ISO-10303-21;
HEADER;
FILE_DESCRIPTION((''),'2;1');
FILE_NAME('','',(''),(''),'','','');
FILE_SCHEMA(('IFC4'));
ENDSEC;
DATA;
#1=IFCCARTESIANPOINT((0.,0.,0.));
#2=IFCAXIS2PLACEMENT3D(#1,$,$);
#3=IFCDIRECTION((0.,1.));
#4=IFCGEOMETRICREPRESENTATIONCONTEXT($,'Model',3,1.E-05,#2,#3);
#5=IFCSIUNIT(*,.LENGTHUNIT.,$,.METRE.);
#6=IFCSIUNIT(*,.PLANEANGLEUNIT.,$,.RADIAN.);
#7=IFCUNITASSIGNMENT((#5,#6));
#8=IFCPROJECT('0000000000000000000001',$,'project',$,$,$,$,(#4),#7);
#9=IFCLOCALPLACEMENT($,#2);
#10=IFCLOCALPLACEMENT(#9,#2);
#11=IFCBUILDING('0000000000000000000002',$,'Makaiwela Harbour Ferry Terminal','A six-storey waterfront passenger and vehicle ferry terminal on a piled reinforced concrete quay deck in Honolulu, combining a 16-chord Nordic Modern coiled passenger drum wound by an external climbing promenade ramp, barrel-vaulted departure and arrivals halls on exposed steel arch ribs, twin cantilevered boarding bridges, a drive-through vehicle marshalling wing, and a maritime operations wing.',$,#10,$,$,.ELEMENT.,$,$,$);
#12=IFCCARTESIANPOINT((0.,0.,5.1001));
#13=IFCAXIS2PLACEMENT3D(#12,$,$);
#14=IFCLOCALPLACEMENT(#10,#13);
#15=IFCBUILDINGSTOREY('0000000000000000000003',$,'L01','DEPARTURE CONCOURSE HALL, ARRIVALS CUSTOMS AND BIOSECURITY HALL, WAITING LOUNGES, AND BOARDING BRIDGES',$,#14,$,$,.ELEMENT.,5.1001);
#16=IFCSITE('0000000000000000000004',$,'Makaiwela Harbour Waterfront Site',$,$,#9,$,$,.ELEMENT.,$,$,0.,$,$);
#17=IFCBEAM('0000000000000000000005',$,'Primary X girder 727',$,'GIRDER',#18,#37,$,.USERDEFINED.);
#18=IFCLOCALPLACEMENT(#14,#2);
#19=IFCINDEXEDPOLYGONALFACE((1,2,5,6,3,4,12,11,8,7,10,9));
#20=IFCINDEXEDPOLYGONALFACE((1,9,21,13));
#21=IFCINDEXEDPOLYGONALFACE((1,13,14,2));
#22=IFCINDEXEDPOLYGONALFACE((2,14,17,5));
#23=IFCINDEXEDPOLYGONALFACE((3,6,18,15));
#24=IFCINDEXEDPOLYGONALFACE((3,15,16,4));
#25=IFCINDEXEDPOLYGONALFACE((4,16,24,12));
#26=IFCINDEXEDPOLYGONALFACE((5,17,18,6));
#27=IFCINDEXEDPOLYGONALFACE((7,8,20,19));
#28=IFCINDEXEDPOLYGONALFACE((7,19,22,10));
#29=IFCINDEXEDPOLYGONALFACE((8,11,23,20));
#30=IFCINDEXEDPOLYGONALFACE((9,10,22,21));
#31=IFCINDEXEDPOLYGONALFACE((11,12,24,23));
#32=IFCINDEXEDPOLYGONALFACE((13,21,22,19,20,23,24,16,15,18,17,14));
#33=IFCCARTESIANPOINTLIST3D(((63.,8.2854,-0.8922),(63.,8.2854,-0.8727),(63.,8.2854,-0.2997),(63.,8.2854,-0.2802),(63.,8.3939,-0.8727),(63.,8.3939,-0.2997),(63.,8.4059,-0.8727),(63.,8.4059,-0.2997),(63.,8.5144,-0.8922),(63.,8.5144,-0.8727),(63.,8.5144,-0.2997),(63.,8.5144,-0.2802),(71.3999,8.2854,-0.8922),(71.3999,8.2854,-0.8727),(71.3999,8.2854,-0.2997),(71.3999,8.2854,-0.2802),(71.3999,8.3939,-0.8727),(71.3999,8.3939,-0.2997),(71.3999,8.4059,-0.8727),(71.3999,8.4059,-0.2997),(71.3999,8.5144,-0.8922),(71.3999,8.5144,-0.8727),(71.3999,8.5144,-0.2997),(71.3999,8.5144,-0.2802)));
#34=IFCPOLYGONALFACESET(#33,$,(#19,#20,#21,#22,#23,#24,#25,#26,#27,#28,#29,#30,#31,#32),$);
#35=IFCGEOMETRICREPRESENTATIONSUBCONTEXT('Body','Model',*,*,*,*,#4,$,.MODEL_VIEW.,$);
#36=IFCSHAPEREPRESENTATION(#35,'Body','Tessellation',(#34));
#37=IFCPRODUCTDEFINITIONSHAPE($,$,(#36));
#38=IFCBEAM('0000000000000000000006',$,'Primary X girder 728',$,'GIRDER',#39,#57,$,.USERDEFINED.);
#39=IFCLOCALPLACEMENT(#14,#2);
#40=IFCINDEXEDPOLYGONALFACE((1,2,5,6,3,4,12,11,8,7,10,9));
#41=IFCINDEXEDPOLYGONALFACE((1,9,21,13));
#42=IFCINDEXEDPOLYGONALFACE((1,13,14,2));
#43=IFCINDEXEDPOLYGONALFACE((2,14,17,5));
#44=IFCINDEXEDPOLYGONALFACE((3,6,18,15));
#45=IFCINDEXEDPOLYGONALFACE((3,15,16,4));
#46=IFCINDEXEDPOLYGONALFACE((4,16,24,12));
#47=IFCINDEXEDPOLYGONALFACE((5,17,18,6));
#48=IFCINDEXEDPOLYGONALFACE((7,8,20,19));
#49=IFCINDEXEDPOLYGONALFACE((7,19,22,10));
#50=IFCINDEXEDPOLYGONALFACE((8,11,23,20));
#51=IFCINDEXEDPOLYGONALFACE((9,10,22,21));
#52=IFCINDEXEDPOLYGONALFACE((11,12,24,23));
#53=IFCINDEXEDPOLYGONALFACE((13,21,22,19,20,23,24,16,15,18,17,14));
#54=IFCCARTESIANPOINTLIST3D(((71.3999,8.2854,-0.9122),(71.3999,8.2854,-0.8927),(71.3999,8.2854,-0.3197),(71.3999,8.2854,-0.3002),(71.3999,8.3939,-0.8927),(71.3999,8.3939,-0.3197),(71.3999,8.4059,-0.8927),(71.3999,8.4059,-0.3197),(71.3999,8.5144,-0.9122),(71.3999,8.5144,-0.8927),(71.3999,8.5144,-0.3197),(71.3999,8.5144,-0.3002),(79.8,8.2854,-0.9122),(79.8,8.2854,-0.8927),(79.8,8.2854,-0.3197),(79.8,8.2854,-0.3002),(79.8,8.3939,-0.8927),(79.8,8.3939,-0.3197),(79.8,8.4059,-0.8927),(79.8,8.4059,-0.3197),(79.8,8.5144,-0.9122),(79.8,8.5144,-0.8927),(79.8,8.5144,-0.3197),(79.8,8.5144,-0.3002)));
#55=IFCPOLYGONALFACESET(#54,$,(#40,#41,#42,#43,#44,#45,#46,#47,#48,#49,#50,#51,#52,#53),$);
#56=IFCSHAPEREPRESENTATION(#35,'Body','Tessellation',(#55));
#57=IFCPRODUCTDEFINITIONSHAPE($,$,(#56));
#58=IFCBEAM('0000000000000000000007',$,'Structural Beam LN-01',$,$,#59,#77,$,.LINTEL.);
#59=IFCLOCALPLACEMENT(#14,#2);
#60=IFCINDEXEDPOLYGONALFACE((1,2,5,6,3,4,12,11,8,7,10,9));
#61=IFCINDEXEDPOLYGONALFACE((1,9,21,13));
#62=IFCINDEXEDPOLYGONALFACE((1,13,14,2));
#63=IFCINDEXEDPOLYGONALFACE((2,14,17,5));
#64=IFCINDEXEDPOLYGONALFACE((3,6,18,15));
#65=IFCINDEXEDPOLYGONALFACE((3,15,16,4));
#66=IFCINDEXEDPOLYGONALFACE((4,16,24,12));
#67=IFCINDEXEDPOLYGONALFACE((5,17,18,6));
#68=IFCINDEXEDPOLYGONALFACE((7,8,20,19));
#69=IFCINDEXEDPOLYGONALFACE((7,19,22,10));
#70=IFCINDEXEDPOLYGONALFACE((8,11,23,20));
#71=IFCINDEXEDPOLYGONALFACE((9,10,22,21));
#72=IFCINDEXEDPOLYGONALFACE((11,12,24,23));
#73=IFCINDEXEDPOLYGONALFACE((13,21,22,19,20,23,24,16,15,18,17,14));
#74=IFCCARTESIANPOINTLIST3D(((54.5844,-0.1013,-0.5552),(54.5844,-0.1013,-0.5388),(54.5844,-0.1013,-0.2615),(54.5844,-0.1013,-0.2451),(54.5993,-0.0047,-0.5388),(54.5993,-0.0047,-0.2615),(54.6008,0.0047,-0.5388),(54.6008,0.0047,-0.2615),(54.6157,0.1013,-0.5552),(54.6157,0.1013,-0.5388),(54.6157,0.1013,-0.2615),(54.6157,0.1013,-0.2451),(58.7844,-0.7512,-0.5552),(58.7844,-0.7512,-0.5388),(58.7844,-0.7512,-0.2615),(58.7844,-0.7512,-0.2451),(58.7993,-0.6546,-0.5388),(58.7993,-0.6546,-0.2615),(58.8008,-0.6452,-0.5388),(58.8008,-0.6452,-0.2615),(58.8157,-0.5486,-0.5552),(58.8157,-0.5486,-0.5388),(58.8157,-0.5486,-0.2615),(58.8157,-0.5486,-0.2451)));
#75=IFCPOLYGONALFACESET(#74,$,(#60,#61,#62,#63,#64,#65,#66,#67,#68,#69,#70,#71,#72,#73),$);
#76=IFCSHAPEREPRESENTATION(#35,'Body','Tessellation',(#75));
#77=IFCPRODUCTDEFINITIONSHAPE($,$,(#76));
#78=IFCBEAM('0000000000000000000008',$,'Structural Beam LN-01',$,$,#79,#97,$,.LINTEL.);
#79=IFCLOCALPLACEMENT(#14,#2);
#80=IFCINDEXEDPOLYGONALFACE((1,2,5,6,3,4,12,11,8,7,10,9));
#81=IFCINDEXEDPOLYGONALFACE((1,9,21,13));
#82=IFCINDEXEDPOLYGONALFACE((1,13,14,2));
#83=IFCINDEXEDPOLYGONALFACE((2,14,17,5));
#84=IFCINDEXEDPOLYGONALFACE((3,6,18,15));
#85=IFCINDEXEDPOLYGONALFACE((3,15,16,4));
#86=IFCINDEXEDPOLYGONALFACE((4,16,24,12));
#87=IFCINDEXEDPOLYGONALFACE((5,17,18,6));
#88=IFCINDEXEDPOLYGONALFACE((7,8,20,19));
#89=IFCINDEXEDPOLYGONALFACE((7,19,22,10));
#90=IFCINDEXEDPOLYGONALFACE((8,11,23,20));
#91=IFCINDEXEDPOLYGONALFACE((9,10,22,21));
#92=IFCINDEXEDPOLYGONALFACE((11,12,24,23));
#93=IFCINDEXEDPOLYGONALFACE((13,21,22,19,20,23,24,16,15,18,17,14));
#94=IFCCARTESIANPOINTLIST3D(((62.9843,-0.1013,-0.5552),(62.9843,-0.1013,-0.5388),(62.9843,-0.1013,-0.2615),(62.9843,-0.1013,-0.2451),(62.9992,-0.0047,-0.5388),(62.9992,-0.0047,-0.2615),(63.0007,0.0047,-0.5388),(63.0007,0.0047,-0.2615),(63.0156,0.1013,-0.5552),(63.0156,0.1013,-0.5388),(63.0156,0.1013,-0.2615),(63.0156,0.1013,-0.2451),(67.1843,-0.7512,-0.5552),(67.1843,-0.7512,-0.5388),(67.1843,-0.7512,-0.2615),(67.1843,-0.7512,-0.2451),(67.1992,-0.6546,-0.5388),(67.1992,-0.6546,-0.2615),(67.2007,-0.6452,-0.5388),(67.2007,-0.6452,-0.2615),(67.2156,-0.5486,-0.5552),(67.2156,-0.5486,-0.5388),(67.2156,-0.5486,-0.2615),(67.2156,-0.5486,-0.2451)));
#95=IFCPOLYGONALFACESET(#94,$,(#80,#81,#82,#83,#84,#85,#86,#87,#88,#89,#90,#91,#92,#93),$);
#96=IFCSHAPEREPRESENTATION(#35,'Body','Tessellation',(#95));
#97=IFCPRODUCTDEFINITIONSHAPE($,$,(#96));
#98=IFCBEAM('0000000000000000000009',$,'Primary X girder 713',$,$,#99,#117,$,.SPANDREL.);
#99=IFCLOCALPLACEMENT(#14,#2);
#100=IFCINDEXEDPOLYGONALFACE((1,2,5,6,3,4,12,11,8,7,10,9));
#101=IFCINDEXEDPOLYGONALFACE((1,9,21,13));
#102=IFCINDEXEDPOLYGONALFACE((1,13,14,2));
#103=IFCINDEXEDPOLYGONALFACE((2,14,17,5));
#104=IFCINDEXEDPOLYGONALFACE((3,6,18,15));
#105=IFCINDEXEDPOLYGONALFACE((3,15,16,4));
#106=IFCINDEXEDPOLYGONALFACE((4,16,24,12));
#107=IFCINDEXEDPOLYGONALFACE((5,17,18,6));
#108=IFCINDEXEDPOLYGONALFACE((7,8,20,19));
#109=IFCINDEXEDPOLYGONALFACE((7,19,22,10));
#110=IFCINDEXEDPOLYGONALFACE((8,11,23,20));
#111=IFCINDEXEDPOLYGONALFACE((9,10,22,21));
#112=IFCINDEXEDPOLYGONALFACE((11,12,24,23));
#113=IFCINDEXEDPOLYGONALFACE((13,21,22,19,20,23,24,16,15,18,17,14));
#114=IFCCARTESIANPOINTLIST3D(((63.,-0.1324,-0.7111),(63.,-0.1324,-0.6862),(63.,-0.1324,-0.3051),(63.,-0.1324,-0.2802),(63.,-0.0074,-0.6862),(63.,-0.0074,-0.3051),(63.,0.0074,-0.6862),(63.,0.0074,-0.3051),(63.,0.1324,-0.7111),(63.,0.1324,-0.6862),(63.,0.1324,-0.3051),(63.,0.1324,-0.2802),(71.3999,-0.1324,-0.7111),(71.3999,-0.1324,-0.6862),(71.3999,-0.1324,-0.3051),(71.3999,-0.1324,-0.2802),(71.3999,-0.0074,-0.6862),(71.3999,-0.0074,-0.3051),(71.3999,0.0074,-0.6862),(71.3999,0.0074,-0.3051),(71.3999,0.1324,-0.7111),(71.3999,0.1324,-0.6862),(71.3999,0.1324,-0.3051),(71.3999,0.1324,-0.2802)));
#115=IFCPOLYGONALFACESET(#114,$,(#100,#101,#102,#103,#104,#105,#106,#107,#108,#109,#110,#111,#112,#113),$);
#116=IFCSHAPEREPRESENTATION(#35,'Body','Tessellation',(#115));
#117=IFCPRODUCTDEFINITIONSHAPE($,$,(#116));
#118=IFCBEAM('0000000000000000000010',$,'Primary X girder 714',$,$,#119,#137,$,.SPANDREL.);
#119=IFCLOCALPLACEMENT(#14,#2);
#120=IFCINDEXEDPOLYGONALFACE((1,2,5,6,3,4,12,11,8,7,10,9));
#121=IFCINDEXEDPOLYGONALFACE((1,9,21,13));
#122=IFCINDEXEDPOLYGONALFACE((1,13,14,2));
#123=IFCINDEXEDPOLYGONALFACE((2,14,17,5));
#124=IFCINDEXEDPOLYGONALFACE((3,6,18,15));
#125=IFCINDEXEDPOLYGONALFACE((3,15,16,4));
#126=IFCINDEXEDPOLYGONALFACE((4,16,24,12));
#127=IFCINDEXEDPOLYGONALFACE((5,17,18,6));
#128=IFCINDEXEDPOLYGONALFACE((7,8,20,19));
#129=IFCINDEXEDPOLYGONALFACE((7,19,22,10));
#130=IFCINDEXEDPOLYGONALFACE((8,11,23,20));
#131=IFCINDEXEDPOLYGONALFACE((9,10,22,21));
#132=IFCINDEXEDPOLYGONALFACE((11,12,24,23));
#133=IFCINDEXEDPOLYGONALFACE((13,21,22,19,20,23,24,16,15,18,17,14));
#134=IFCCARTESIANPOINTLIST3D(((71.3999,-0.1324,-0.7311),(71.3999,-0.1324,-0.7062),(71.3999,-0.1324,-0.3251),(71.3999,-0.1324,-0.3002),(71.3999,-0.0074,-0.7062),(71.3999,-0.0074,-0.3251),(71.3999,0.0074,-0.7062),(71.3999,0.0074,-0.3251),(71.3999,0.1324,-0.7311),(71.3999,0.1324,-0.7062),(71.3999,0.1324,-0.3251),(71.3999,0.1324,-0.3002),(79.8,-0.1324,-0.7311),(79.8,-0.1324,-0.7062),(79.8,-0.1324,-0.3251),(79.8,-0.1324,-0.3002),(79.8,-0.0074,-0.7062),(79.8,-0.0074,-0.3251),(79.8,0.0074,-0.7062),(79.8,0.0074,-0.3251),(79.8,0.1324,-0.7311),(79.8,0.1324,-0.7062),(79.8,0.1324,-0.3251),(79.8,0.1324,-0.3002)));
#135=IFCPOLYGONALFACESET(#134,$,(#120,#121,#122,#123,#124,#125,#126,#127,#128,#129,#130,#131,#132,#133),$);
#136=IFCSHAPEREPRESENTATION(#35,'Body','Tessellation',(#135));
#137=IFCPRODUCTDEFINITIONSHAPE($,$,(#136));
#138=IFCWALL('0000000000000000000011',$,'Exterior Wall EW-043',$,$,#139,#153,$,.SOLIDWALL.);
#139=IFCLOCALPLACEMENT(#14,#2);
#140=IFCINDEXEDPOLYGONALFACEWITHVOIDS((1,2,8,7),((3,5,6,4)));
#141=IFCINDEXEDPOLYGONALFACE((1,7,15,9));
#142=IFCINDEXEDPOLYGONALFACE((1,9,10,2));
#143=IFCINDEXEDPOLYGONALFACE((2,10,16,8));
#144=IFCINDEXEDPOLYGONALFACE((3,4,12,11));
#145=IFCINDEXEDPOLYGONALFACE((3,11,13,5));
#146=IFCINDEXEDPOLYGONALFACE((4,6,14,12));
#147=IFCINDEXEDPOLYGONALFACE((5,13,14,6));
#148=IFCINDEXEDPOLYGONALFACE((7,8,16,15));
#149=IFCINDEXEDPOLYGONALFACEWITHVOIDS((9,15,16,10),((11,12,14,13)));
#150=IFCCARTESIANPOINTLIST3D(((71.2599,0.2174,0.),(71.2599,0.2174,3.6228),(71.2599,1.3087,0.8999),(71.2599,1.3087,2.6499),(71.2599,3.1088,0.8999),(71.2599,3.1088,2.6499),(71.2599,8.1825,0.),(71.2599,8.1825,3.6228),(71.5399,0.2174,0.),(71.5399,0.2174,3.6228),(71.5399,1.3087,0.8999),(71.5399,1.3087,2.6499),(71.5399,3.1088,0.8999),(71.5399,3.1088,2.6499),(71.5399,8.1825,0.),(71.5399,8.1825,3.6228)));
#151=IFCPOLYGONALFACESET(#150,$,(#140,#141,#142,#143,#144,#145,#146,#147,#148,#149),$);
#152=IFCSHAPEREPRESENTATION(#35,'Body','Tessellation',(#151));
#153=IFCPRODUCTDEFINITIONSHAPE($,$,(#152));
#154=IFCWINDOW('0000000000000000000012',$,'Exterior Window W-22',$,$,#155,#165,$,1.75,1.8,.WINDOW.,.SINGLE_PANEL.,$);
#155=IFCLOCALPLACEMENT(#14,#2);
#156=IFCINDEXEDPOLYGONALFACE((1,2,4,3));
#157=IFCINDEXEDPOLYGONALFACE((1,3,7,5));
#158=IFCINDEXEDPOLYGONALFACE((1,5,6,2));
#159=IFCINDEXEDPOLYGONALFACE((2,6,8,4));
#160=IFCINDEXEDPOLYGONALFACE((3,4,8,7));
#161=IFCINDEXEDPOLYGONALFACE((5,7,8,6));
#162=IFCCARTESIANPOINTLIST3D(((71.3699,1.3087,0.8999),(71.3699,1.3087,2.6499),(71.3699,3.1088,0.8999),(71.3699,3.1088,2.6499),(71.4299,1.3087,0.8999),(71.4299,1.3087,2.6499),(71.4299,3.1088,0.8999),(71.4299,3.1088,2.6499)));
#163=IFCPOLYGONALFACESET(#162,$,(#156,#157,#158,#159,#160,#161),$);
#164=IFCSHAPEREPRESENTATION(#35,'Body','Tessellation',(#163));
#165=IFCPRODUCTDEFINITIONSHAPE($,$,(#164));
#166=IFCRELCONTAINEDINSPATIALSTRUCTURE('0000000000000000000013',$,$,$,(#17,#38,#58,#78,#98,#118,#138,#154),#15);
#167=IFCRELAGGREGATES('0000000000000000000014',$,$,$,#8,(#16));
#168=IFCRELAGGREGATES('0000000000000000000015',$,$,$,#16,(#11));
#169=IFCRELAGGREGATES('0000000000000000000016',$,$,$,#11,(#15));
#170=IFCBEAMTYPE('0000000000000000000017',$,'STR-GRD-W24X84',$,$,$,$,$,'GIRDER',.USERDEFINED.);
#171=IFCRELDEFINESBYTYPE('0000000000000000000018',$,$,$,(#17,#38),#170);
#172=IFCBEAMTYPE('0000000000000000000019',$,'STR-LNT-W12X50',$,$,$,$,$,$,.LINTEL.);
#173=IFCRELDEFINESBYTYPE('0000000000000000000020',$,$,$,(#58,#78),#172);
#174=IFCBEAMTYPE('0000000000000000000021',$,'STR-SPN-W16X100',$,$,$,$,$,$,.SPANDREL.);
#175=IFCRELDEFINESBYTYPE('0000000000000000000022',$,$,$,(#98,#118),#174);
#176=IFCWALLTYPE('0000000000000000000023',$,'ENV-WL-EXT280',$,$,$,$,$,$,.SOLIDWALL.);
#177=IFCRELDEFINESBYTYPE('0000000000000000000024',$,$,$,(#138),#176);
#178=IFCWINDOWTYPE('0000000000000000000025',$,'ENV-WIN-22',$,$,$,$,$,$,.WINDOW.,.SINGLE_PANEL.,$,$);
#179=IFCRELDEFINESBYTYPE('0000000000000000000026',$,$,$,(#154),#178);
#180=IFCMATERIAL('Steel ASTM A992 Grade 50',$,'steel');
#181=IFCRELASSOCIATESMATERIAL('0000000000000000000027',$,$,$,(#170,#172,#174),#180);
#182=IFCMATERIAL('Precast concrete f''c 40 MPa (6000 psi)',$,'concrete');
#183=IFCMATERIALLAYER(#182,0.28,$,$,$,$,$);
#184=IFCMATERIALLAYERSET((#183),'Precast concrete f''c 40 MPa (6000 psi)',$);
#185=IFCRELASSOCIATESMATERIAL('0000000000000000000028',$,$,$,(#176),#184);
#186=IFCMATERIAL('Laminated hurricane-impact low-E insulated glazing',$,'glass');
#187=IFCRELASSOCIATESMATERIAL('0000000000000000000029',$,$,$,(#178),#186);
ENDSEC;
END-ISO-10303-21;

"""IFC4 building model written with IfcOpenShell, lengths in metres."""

from ifc_helpers import new_model, si_unit, direction, frame, frame_2d, origin, origin_2d, place, context, subcontext, project, spatial, rectangle, i_section, extrude, material, layer, layer_set, material_profile, profile_set, type_object, element, fill, save


model = new_model("IFC4")

# Units and contexts
model_context = context("Model", 3, precision=1e-05, world=origin(), true_north=direction((0.0, 1.0)))
body_context = subcontext(model_context, "Body", "Model", "MODEL_VIEW")
ifc_project = project(units=[si_unit("LENGTHUNIT", "METRE"), si_unit("PLANEANGLEUNIT", "RADIAN")], contexts=[model_context])

# Site, building, storey
site_placement = place(None, origin())
site = spatial("IfcSite", under=ifc_project, at=site_placement, Name="Makaiwela Harbour Waterfront Site", CompositionType="ELEMENT", RefElevation=0.0)
building_placement = place(site_placement, origin())
building = spatial("IfcBuilding", under=site, at=building_placement, Name="Makaiwela Harbour Ferry Terminal", Description="A six-storey waterfront passenger and vehicle ferry terminal on a piled reinforced concrete quay deck in Honolulu, combining a 16-chord Nordic Modern coiled passenger drum wound by an external climbing promenade ramp, barrel-vaulted departure and arrivals halls on exposed steel arch ribs, twin cantilevered boarding bridges, a drive-through vehicle marshalling wing, and a maritime operations wing.", CompositionType="ELEMENT")
storey_placement = place(building_placement, frame((0.0, 0.0, 5.1001)))
storey = spatial("IfcBuildingStorey", under=building, at=storey_placement, Name="L01", Description="DEPARTURE CONCOURSE HALL, ARRIVALS CUSTOMS AND BIOSECURITY HALL, WAITING LOUNGES, AND BOARDING BRIDGES", CompositionType="ELEMENT", Elevation=5.1001)

# Shared definitions
ifc_material_1 = material(Name="Steel ASTM A992 Grade 50", Category="steel")

# Beams
ifc_material_profile_1 = material_profile(ifc_material_1, i_section(OverallWidth=0.229, OverallDepth=0.6121, WebThickness=0.012, FlangeThickness=0.0195, at=origin_2d()), Name="W24X84")
ifc_profile_set_1 = profile_set([ifc_material_profile_1], Name="Steel ASTM A992 Grade 50")
beam_type_1 = type_object("IfcBeamType", Name="STR-GRD-W24X84", ElementType="GIRDER", PredefinedType="USERDEFINED", material=ifc_profile_set_1)
beam_1_placement = place(storey_placement, frame((63.0, 8.3999, -0.5862), z_axis=(1.0, 0.0, 0.0), x_axis=(0.0, 1.0, 0.0)))
element("IfcBeam", 1, at=beam_1_placement, inside=storey, type_object=beam_type_1, Name="Primary X girder 727", ObjectType="GIRDER", PredefinedType="USERDEFINED", context=body_context, shape_type="SweptSolid", body=[
    extrude(i_section(OverallWidth=0.229, OverallDepth=0.6121, WebThickness=0.012, FlangeThickness=0.0195, at=origin_2d()), origin(), (0.0, 0.0, 1.0), 8.3999),
])
beam_2_placement = place(storey_placement, frame((71.3999, 8.3999, -0.6062), z_axis=(1.0, 0.0, 0.0), x_axis=(0.0, 1.0, 0.0)))
element("IfcBeam", 2, at=beam_2_placement, inside=storey, type_object=beam_type_1, Name="Primary X girder 728", ObjectType="GIRDER", PredefinedType="USERDEFINED", context=body_context, shape_type="SweptSolid", body=[
    extrude(i_section(OverallWidth=0.229, OverallDepth=0.6121, WebThickness=0.012, FlangeThickness=0.0195, at=origin_2d()), origin(), (0.0, 0.0, 1.0), 8.4001),
])
ifc_material_profile_2 = material_profile(ifc_material_1, i_section(OverallWidth=0.2051, OverallDepth=0.3101, WebThickness=0.0095, FlangeThickness=0.0164, at=origin_2d()), Name="W12X50")
ifc_profile_set_2 = profile_set([ifc_material_profile_2], Name="Steel ASTM A992 Grade 50")
beam_type_2 = type_object("IfcBeamType", Name="STR-LNT-W12X50", PredefinedType="LINTEL", material=ifc_profile_set_2)
for number, where, z_axis, x_axis, name in (
    (3, (58.8, -0.6499, -0.4001), (-0.988238, 0.15292, 0.0), (-0.15292, -0.988238, 0.0), "Structural Beam LN-01"),
    (4, (67.2, -0.6499, -0.4001), (-0.988238, 0.15292, 0.0), (-0.15292, -0.988238, 0.0), "Structural Beam LN-01"),
):
    element("IfcBeam", number, at=place(storey_placement, frame(where, z_axis=z_axis, x_axis=x_axis)), inside=storey, type_object=beam_type_2, Name=name, PredefinedType="LINTEL", context=body_context, shape_type="SweptSolid", body=[
        extrude(i_section(OverallWidth=0.2051, OverallDepth=0.3101, WebThickness=0.0095, FlangeThickness=0.0164, at=origin_2d()), origin(), (0.0, 0.0, 1.0), 4.25),
    ])
ifc_material_profile_3 = material_profile(ifc_material_1, i_section(OverallWidth=0.2649, OverallDepth=0.4309, WebThickness=0.0149, FlangeThickness=0.0249, at=origin_2d()), Name="W16X100")
ifc_profile_set_3 = profile_set([ifc_material_profile_3], Name="Steel ASTM A992 Grade 50")
beam_type_3 = type_object("IfcBeamType", Name="STR-SPN-W16X100", PredefinedType="SPANDREL", material=ifc_profile_set_3)
beam_3_placement = place(storey_placement, frame((63.0, 0.0, -0.4956), z_axis=(1.0, 0.0, 0.0), x_axis=(0.0, 1.0, 0.0)))
element("IfcBeam", 5, at=beam_3_placement, inside=storey, type_object=beam_type_3, Name="Primary X girder 713", PredefinedType="SPANDREL", context=body_context, shape_type="SweptSolid", body=[
    extrude(i_section(OverallWidth=0.2649, OverallDepth=0.4309, WebThickness=0.0149, FlangeThickness=0.0249, at=origin_2d()), origin(), (0.0, 0.0, 1.0), 8.3999),
])
beam_4_placement = place(storey_placement, frame((71.3999, 0.0, -0.5156), z_axis=(1.0, 0.0, 0.0), x_axis=(0.0, 1.0, 0.0)))
element("IfcBeam", 6, at=beam_4_placement, inside=storey, type_object=beam_type_3, Name="Primary X girder 714", PredefinedType="SPANDREL", context=body_context, shape_type="SweptSolid", body=[
    extrude(i_section(OverallWidth=0.2649, OverallDepth=0.4309, WebThickness=0.0149, FlangeThickness=0.0249, at=origin_2d()), origin(), (0.0, 0.0, 1.0), 8.4001),
])

# Wall, opening, window
ifc_material_2 = material(Name="Precast concrete f'c 40 MPa (6000 psi)", Category="concrete")
ifc_layer = layer(ifc_material_2, 0.28)
ifc_layer_set = layer_set([ifc_layer], Name="Precast concrete f'c 40 MPa (6000 psi)")
wall_type = type_object("IfcWallType", Name="ENV-WL-EXT280", PredefinedType="SOLIDWALL", material=ifc_layer_set)
wall_placement = place(storey_placement, frame((71.3999, 0.2175, 0.0), z_axis=(0.0, 0.0, 1.0), x_axis=(0.0, 1.0, 0.0)))
wall = element("IfcWall", 7, at=wall_placement, inside=storey, type_object=wall_type, Name="Exterior Wall EW-043", PredefinedType="SOLIDWALL", context=body_context, shape_type="SweptSolid", body=[
    extrude(rectangle(XDim=7.9651, YDim=0.28, at=frame_2d((3.9824, 0.0))), origin(), (0.0, 0.0, 1.0), 3.6228),
])
opening_placement = place(wall_placement, frame((1.0913, 0.0, 0.8999)))
opening = element("IfcOpeningElement", 8, at=opening_placement, cuts=wall, PredefinedType="OPENING", context=body_context, shape_type="SweptSolid", body=[
    extrude(rectangle(XDim=1.8, YDim=1.75, at=frame_2d((0.8999, 0.875))), frame((0.0, 0.1499, 0.0), z_axis=(0.0, -1.0, 0.0), x_axis=(1.0, 0.0, 0.0)), (0.0, 0.0, 1.0), 0.3),
])
ifc_material_3 = material(Name="Laminated hurricane-impact low-E insulated glazing", Category="glass")
window_type = type_object("IfcWindowType", Name="ENV-WIN-22", PartitioningType="SINGLE_PANEL", PredefinedType="WINDOW", material=ifc_material_3)
window_placement = place(opening_placement, origin())
window = element("IfcWindow", 9, at=window_placement, inside=storey, type_object=window_type, Name="Exterior Window W-22", OverallHeight=1.75, OverallWidth=1.8, PartitioningType="SINGLE_PANEL", PredefinedType="WINDOW", context=body_context, shape_type="SweptSolid", body=[
    extrude(rectangle(XDim=1.8, YDim=1.75, at=frame_2d((0.8999, 0.875))), frame((0.0, 0.03, 0.0), z_axis=(0.0, -1.0, 0.0), x_axis=(1.0, 0.0, 0.0)), (0.0, 0.0, 1.0), 0.0601),
])
fill(opening, window)

save(model, "model.ifc")
